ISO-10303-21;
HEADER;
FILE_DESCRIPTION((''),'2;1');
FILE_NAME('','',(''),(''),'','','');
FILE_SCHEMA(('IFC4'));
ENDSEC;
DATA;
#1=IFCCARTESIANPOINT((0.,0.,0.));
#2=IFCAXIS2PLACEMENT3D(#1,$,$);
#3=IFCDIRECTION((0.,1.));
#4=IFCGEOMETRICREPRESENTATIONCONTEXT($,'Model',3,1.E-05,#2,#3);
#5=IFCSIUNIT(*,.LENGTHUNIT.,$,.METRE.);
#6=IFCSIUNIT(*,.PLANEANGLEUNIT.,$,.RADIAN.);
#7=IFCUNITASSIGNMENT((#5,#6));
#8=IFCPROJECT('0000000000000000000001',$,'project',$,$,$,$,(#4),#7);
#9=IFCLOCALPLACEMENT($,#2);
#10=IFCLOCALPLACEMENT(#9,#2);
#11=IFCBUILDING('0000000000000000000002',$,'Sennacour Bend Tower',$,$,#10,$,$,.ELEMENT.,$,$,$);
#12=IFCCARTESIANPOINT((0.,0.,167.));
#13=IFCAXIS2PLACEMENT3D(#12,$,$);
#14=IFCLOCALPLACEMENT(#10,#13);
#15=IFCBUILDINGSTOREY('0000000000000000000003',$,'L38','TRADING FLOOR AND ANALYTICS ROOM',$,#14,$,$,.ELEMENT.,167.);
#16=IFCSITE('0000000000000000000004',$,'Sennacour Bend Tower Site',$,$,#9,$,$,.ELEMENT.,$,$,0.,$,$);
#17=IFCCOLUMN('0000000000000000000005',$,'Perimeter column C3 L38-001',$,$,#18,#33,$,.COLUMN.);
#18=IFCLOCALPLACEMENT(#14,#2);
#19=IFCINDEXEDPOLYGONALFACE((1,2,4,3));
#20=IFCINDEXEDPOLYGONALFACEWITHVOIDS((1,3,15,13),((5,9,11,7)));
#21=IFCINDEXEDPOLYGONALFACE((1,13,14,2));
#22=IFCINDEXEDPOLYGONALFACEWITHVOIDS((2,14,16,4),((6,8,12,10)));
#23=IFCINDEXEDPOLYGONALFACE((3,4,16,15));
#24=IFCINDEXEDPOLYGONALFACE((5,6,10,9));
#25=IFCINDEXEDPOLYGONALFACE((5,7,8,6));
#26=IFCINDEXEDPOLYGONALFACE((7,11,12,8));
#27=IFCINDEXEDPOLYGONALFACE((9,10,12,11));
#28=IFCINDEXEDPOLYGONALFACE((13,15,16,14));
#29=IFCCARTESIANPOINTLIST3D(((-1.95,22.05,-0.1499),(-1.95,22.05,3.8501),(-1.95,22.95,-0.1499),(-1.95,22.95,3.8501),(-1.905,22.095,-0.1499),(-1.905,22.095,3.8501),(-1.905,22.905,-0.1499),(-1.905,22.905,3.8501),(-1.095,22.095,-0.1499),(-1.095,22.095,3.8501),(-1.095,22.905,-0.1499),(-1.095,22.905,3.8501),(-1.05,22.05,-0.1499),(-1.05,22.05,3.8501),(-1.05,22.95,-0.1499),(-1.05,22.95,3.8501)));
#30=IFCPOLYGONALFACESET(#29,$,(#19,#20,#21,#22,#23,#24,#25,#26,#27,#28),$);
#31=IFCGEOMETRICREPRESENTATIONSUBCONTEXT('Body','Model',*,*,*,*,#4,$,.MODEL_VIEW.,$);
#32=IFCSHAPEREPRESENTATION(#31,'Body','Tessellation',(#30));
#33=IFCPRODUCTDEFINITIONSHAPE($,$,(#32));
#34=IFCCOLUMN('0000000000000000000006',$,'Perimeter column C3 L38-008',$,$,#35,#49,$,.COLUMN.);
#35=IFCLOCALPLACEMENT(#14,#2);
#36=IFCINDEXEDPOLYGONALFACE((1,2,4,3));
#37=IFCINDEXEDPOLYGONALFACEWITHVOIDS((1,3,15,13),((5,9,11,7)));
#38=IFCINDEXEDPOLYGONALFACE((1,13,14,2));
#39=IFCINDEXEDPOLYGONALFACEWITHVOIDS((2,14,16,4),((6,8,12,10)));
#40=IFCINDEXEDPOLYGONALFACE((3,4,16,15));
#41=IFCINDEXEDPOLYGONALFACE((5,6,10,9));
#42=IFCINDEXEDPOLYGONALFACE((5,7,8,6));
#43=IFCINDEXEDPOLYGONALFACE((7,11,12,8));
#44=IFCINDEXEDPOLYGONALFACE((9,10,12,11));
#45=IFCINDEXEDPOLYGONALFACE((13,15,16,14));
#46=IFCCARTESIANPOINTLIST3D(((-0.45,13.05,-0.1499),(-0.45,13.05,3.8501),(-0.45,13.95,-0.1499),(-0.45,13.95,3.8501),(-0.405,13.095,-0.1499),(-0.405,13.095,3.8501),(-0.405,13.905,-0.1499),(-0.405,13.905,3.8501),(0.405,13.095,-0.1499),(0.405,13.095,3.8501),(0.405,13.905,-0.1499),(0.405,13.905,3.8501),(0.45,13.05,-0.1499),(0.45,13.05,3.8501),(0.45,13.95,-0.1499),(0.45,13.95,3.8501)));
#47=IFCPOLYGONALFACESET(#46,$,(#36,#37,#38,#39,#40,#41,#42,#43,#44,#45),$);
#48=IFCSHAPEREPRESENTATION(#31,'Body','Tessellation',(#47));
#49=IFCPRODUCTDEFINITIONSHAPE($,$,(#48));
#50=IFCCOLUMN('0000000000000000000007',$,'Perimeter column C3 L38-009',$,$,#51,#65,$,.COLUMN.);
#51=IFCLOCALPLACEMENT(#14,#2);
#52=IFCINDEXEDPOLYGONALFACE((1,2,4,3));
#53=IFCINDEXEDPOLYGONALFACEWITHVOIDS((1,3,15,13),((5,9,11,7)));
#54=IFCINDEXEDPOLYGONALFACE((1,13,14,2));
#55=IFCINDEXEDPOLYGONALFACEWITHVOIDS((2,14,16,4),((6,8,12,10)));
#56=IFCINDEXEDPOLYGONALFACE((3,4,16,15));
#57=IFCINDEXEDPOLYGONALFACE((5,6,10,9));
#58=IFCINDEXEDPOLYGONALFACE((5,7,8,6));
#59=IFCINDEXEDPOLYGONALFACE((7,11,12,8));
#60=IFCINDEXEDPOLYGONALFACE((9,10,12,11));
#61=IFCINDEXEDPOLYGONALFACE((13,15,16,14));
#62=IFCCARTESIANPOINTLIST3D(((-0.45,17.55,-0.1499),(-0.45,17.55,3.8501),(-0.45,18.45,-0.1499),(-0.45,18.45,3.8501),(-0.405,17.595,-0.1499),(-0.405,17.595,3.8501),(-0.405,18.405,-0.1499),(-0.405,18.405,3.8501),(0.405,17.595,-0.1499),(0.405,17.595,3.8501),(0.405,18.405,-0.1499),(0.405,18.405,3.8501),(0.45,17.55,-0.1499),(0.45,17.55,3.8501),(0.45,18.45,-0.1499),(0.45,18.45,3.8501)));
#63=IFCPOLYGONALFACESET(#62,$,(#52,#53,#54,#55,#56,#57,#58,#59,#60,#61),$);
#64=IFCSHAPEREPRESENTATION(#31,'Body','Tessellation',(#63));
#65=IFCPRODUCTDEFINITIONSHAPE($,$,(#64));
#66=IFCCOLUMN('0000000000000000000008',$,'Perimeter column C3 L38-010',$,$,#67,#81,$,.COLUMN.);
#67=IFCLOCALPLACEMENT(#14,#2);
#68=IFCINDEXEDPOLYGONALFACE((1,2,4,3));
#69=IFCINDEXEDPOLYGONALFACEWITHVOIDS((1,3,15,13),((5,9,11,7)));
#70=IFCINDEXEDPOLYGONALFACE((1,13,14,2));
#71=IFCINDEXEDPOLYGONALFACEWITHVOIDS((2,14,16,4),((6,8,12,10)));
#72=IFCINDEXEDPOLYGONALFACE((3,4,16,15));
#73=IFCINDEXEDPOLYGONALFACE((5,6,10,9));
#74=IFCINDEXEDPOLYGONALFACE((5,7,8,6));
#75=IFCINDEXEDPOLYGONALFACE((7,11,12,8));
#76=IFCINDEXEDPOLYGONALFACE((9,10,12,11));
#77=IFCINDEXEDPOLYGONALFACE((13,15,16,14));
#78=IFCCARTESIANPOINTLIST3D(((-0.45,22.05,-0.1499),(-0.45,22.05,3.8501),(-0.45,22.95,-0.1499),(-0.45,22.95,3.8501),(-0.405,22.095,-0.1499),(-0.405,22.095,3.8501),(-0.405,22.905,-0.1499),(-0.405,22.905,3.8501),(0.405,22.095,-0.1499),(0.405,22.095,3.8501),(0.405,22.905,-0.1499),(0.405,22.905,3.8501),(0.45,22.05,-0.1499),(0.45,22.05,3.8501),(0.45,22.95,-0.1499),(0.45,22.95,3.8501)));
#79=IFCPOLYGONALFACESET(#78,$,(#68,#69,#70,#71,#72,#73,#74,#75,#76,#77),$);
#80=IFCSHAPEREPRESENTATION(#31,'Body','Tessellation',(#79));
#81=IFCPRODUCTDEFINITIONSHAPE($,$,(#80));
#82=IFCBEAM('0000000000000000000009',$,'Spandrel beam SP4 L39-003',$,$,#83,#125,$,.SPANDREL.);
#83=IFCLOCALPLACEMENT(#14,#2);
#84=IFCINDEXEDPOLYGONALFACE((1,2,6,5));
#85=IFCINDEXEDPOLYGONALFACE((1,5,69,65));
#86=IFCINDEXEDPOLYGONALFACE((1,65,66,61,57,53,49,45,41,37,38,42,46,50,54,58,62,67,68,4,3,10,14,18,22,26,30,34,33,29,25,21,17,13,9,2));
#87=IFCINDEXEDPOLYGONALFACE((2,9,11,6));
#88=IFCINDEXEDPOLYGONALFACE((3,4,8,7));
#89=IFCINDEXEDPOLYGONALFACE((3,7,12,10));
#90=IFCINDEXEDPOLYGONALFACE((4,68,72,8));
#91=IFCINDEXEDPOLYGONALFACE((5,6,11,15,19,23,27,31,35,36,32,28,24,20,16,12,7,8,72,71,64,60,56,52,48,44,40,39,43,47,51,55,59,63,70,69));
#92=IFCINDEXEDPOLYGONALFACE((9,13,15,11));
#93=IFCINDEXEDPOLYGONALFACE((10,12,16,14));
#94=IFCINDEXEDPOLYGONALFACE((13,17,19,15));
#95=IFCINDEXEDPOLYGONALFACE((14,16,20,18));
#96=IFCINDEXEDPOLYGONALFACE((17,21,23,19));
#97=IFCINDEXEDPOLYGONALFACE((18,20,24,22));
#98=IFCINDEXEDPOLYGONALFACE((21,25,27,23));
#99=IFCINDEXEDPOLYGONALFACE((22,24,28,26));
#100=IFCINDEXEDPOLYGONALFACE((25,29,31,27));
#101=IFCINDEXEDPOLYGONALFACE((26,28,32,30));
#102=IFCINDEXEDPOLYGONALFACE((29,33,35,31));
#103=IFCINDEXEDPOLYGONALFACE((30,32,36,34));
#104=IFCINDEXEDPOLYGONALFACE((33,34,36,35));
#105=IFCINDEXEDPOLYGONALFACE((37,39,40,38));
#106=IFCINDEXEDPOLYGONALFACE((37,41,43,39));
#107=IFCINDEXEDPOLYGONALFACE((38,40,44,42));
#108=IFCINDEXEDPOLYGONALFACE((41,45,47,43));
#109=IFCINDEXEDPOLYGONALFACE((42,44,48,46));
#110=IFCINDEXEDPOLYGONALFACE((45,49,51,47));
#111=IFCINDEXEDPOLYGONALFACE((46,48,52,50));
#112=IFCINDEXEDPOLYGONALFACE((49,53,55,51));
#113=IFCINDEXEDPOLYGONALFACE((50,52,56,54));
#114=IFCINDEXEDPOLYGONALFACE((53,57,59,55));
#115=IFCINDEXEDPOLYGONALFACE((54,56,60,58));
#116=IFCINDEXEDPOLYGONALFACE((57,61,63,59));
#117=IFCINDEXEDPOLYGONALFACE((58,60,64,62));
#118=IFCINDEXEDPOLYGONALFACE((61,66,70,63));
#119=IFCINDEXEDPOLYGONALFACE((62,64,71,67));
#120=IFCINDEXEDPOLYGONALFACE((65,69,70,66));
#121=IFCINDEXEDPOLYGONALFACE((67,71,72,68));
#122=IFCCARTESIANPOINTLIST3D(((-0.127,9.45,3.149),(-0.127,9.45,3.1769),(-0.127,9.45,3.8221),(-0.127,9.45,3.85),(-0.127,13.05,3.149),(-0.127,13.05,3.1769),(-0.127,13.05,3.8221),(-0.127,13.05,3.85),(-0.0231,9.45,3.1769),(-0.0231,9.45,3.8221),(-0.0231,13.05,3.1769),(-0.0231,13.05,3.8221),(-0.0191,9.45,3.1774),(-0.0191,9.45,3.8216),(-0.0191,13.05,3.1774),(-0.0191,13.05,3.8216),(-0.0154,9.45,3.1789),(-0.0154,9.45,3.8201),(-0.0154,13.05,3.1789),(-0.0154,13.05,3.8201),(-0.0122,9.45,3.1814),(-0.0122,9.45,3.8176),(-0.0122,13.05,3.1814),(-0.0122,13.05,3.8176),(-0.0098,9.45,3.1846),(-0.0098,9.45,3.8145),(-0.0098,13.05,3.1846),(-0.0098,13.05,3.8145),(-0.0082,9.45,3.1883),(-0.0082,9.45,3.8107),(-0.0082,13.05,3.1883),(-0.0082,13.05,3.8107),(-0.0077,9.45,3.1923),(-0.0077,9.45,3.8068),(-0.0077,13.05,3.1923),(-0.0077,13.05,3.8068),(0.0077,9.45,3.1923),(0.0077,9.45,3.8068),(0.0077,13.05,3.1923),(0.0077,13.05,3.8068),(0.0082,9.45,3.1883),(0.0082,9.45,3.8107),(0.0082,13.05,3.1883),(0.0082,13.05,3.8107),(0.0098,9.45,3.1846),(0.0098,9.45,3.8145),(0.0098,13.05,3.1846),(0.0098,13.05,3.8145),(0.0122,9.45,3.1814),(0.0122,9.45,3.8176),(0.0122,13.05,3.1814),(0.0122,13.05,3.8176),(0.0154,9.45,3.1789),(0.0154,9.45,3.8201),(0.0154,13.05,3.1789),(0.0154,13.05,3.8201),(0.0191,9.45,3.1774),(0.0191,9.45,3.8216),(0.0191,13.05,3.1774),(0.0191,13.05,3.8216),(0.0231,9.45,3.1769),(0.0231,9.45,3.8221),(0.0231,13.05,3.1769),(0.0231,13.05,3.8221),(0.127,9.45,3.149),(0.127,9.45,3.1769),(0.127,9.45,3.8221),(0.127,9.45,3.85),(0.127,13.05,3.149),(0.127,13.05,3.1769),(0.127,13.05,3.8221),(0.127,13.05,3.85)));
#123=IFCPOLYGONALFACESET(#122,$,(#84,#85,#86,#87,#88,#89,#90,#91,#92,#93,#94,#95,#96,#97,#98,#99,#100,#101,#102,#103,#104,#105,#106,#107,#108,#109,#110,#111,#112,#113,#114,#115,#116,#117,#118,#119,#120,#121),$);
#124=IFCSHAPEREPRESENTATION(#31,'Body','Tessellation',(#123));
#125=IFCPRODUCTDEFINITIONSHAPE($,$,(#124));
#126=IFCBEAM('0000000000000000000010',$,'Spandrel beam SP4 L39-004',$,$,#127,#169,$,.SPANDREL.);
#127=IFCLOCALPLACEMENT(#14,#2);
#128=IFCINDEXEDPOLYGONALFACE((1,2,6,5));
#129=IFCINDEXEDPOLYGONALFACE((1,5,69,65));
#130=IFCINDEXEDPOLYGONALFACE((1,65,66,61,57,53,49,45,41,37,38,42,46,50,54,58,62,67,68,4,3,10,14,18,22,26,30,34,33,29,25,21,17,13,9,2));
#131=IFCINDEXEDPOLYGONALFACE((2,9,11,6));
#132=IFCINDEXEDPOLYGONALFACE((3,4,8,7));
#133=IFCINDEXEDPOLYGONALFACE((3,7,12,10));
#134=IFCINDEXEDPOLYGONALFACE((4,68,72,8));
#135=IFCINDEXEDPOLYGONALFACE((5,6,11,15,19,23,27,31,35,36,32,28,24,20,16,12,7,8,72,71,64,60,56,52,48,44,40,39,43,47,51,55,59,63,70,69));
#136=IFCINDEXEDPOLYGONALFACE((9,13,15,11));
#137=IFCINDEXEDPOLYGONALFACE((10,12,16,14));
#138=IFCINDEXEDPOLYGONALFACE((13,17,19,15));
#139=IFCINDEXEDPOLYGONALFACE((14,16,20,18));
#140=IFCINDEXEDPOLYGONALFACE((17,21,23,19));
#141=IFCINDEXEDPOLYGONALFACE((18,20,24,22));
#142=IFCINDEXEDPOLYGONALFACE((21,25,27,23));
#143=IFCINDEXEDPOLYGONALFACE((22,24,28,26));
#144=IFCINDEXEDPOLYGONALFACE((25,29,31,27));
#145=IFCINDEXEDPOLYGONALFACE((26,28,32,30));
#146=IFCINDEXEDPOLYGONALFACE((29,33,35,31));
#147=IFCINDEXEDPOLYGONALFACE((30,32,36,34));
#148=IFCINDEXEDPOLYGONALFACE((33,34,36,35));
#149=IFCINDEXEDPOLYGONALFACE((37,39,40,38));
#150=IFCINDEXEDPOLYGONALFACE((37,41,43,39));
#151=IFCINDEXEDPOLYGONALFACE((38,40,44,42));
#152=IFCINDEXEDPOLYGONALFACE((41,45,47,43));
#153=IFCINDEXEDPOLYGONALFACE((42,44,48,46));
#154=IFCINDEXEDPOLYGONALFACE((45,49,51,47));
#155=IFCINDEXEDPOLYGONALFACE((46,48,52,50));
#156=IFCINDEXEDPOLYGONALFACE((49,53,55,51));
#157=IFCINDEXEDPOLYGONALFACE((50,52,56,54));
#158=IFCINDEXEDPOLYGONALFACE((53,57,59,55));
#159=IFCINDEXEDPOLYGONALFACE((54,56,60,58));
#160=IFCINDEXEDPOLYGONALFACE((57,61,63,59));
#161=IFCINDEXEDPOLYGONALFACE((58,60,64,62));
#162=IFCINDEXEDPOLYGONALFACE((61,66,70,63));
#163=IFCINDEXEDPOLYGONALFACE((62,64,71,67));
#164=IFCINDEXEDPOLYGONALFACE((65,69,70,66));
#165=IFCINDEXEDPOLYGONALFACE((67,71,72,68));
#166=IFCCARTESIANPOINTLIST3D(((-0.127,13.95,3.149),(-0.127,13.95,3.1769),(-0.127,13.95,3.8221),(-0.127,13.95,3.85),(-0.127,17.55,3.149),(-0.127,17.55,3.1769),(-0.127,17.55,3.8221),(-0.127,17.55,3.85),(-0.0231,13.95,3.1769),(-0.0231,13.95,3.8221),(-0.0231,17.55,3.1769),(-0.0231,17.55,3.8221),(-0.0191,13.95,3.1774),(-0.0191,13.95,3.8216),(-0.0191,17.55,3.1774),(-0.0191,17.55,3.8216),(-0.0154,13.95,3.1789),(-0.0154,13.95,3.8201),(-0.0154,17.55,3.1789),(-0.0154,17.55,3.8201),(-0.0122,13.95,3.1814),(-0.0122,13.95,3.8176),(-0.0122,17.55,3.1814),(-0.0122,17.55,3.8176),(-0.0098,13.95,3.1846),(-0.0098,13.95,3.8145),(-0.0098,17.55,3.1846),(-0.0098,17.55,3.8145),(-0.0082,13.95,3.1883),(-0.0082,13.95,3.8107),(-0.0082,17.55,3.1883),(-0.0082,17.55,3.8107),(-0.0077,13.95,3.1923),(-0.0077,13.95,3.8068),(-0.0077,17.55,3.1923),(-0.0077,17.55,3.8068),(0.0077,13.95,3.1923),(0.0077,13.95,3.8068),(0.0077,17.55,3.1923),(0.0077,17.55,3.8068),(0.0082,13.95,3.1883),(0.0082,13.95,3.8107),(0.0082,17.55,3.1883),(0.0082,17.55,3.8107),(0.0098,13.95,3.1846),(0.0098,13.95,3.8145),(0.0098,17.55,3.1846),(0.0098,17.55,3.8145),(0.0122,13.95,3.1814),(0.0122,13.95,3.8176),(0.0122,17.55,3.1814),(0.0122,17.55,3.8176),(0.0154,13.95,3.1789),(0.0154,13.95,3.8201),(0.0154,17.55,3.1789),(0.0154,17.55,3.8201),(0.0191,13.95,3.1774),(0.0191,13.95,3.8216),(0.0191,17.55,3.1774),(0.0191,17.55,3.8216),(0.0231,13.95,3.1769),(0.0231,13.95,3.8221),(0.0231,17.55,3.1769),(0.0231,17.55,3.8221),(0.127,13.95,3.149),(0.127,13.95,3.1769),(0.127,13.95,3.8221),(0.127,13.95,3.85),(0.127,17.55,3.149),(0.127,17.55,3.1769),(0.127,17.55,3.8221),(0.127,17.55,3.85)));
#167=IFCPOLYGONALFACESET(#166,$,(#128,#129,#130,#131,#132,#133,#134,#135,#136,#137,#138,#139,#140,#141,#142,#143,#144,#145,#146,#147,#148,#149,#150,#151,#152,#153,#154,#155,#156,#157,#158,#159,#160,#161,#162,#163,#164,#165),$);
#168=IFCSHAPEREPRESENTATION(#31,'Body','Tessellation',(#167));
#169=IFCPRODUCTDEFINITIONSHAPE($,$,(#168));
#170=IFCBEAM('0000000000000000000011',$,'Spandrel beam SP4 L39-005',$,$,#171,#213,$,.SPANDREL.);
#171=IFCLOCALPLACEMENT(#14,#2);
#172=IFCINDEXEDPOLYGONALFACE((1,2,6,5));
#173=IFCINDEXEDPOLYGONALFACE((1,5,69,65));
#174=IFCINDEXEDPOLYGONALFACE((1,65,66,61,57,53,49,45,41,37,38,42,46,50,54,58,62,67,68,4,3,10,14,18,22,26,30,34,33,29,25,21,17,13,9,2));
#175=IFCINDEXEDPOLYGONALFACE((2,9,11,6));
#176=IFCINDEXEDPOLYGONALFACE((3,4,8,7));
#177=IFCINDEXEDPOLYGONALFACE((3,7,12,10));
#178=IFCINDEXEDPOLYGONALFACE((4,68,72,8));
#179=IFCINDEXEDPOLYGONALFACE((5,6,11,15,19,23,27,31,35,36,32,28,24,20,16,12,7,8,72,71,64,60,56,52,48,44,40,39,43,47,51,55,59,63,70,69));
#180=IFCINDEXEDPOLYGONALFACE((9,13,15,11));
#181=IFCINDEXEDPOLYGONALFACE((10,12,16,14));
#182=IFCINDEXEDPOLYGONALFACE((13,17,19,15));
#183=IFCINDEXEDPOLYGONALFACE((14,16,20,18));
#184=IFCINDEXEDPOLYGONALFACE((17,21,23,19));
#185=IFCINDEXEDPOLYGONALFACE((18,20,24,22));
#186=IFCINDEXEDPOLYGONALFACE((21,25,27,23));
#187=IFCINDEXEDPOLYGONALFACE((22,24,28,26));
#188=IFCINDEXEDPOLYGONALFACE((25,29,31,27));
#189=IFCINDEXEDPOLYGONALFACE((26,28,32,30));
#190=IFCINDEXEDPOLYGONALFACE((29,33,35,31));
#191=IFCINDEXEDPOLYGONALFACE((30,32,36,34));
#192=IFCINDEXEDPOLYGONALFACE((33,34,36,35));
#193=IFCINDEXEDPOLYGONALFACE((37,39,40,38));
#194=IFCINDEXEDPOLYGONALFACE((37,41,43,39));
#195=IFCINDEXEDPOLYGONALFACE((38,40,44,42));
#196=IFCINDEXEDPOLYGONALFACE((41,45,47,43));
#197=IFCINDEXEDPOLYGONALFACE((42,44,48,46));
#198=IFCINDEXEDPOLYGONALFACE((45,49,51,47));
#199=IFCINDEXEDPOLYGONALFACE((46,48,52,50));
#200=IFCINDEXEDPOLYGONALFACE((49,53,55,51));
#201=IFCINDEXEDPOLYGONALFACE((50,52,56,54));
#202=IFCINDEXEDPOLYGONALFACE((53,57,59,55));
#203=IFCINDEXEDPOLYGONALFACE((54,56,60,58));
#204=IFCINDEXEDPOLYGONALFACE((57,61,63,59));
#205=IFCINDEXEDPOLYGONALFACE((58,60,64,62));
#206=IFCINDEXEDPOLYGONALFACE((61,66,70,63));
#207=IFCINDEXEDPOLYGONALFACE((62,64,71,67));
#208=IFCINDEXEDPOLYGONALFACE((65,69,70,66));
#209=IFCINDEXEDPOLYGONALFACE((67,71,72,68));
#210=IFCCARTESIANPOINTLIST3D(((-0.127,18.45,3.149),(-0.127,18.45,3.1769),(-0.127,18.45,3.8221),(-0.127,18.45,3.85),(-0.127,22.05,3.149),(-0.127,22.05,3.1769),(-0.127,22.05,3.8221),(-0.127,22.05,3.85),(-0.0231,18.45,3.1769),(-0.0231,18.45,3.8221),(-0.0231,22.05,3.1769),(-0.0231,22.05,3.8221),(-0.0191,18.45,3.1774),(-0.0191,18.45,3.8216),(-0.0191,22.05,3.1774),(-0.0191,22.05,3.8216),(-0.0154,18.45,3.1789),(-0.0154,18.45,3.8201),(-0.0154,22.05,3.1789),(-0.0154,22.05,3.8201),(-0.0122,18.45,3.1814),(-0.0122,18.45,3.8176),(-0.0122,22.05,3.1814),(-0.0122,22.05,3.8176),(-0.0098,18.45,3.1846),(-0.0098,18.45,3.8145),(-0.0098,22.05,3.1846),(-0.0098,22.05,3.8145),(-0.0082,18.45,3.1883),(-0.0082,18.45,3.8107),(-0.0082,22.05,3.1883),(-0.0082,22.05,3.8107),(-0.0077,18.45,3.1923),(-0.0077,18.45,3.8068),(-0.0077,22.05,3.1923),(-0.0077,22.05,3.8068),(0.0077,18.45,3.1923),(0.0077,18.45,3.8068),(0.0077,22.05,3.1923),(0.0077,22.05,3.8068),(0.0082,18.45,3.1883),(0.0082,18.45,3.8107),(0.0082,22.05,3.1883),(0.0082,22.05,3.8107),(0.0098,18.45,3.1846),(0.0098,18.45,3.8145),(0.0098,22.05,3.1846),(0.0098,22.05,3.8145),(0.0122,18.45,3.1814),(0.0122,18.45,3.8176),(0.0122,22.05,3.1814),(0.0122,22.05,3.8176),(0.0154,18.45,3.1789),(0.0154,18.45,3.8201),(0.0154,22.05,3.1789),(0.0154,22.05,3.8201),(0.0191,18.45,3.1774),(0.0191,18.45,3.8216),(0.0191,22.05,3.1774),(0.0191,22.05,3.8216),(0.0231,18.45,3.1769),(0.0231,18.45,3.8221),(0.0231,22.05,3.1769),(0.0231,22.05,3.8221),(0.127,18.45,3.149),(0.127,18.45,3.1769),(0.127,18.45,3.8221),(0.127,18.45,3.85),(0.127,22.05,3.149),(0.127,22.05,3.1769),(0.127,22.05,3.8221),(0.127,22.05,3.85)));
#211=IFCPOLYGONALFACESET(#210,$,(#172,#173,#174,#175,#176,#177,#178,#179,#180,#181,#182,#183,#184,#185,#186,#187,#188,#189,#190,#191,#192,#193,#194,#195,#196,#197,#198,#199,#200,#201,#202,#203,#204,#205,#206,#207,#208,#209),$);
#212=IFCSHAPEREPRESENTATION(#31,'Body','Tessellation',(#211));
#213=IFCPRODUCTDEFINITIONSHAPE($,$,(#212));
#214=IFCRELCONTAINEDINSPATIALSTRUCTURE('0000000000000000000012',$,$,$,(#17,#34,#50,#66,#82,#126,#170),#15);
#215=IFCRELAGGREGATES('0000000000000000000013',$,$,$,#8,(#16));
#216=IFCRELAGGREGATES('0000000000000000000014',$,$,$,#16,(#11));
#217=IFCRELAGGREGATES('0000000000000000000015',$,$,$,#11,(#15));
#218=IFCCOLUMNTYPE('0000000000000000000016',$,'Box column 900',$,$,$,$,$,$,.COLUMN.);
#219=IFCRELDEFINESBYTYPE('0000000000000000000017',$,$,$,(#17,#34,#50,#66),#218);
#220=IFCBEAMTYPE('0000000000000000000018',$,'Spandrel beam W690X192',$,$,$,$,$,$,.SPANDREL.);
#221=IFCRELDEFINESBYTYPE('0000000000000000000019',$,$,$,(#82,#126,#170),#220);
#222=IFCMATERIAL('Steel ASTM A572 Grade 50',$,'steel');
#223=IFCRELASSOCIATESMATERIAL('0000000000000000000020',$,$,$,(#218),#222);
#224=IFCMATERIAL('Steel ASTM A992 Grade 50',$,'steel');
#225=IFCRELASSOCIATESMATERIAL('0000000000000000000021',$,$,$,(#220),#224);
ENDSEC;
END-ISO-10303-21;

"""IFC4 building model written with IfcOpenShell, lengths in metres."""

from ifc_helpers import new_model, si_unit, direction, frame, origin, origin_2d, place, context, subcontext, project, spatial, hollow_rectangle, i_section, extrude, material, material_profile, profile_set, type_object, element, save


model = new_model("IFC4")

# Units and contexts
model_context = context("Model", 3, precision=1e-05, world=origin(), true_north=direction((0.0, 1.0)))
body_context = subcontext(model_context, "Body", "Model", "MODEL_VIEW")
ifc_project = project(units=[si_unit("LENGTHUNIT", "METRE"), si_unit("PLANEANGLEUNIT", "RADIAN")], contexts=[model_context])

# Site, building, storey
site_placement = place(None, origin())
site = spatial("IfcSite", under=ifc_project, at=site_placement, Name="Sennacour Bend Tower Site", CompositionType="ELEMENT", RefElevation=0.0)
building_placement = place(site_placement, origin())
building = spatial("IfcBuilding", under=site, at=building_placement, Name="Sennacour Bend Tower", CompositionType="ELEMENT")
storey_placement = place(building_placement, frame((0.0, 0.0, 167.0)))
storey = spatial("IfcBuildingStorey", under=building, at=storey_placement, Name="L38", Description="TRADING FLOOR AND ANALYTICS ROOM", CompositionType="ELEMENT", Elevation=167.0)

# Columns
ifc_material_1 = material(Name="Steel ASTM A572 Grade 50", Category="steel")
ifc_material_profile_1 = material_profile(ifc_material_1, hollow_rectangle(XDim=0.8999, YDim=0.8999, WallThickness=0.0449, at=origin_2d()), Name="Steel ASTM A572 Grade 50", Category="steel")
ifc_profile_set_1 = profile_set([ifc_material_profile_1], Name="Steel ASTM A572 Grade 50")
column_type = type_object("IfcColumnType", Name="Box column 900", PredefinedType="COLUMN", material=ifc_profile_set_1)
for number, where, z_axis, x_axis, name in (
    (1, (-1.5, 22.5, -0.1499), (0.0, 0.0, 1.0), (1.0, 0.0, 0.0), "Perimeter column C3 L38-001"),
    (2, (0.0, 13.5, -0.1499), (0.0, 0.0, 1.0), (1.0, 0.0, 0.0), "Perimeter column C3 L38-008"),
    (3, (0.0, 18.0, -0.1499), (0.0, 0.0, 1.0), (1.0, 0.0, 0.0), "Perimeter column C3 L38-009"),
    (4, (0.0, 22.5, -0.1499), (0.0, 0.0, 1.0), (1.0, 0.0, 0.0), "Perimeter column C3 L38-010"),
):
    element("IfcColumn", number, at=place(storey_placement, frame(where, z_axis=z_axis, x_axis=x_axis)), inside=storey, type_object=column_type, Name=name, PredefinedType="COLUMN", context=body_context, shape_type="SweptSolid", body=[
        extrude(hollow_rectangle(XDim=0.8999, YDim=0.8999, WallThickness=0.0449, at=origin_2d()), origin(), (0.0, 0.0, 1.0), 4.0),
    ])

# Beams
ifc_material_2 = material(Name="Steel ASTM A992 Grade 50", Category="steel")
ifc_material_profile_2 = material_profile(ifc_material_2, i_section(OverallWidth=0.2539, OverallDepth=0.7009, WebThickness=0.0154, FlangeThickness=0.0278, FilletRadius=0.0154, at=origin_2d()), Name="Steel ASTM A992 Grade 50", Category="steel")
ifc_profile_set_2 = profile_set([ifc_material_profile_2], Name="Steel ASTM A992 Grade 50")
beam_type = type_object("IfcBeamType", Name="Spandrel beam W690X192", PredefinedType="SPANDREL", material=ifc_profile_set_2)
for number, where, z_axis, x_axis, name in (
    (5, (0.0, 9.45, 3.4995), (0.0, 1.0, 0.0), (-1.0, 0.0, 0.0), "Spandrel beam SP4 L39-003"),
    (6, (0.0, 13.95, 3.4995), (0.0, 1.0, 0.0), (-1.0, 0.0, 0.0), "Spandrel beam SP4 L39-004"),
    (7, (0.0, 18.45, 3.4995), (0.0, 1.0, 0.0), (-1.0, 0.0, 0.0), "Spandrel beam SP4 L39-005"),
):
    element("IfcBeam", number, at=place(storey_placement, frame(where, z_axis=z_axis, x_axis=x_axis)), inside=storey, type_object=beam_type, Name=name, PredefinedType="SPANDREL", context=body_context, shape_type="SweptSolid", body=[
        extrude(i_section(OverallWidth=0.2539, OverallDepth=0.7009, WebThickness=0.0154, FlangeThickness=0.0278, FilletRadius=0.0154, at=origin_2d()), origin(), (0.0, 0.0, 1.0), 3.6001),
    ])

save(model, "model.ifc")
